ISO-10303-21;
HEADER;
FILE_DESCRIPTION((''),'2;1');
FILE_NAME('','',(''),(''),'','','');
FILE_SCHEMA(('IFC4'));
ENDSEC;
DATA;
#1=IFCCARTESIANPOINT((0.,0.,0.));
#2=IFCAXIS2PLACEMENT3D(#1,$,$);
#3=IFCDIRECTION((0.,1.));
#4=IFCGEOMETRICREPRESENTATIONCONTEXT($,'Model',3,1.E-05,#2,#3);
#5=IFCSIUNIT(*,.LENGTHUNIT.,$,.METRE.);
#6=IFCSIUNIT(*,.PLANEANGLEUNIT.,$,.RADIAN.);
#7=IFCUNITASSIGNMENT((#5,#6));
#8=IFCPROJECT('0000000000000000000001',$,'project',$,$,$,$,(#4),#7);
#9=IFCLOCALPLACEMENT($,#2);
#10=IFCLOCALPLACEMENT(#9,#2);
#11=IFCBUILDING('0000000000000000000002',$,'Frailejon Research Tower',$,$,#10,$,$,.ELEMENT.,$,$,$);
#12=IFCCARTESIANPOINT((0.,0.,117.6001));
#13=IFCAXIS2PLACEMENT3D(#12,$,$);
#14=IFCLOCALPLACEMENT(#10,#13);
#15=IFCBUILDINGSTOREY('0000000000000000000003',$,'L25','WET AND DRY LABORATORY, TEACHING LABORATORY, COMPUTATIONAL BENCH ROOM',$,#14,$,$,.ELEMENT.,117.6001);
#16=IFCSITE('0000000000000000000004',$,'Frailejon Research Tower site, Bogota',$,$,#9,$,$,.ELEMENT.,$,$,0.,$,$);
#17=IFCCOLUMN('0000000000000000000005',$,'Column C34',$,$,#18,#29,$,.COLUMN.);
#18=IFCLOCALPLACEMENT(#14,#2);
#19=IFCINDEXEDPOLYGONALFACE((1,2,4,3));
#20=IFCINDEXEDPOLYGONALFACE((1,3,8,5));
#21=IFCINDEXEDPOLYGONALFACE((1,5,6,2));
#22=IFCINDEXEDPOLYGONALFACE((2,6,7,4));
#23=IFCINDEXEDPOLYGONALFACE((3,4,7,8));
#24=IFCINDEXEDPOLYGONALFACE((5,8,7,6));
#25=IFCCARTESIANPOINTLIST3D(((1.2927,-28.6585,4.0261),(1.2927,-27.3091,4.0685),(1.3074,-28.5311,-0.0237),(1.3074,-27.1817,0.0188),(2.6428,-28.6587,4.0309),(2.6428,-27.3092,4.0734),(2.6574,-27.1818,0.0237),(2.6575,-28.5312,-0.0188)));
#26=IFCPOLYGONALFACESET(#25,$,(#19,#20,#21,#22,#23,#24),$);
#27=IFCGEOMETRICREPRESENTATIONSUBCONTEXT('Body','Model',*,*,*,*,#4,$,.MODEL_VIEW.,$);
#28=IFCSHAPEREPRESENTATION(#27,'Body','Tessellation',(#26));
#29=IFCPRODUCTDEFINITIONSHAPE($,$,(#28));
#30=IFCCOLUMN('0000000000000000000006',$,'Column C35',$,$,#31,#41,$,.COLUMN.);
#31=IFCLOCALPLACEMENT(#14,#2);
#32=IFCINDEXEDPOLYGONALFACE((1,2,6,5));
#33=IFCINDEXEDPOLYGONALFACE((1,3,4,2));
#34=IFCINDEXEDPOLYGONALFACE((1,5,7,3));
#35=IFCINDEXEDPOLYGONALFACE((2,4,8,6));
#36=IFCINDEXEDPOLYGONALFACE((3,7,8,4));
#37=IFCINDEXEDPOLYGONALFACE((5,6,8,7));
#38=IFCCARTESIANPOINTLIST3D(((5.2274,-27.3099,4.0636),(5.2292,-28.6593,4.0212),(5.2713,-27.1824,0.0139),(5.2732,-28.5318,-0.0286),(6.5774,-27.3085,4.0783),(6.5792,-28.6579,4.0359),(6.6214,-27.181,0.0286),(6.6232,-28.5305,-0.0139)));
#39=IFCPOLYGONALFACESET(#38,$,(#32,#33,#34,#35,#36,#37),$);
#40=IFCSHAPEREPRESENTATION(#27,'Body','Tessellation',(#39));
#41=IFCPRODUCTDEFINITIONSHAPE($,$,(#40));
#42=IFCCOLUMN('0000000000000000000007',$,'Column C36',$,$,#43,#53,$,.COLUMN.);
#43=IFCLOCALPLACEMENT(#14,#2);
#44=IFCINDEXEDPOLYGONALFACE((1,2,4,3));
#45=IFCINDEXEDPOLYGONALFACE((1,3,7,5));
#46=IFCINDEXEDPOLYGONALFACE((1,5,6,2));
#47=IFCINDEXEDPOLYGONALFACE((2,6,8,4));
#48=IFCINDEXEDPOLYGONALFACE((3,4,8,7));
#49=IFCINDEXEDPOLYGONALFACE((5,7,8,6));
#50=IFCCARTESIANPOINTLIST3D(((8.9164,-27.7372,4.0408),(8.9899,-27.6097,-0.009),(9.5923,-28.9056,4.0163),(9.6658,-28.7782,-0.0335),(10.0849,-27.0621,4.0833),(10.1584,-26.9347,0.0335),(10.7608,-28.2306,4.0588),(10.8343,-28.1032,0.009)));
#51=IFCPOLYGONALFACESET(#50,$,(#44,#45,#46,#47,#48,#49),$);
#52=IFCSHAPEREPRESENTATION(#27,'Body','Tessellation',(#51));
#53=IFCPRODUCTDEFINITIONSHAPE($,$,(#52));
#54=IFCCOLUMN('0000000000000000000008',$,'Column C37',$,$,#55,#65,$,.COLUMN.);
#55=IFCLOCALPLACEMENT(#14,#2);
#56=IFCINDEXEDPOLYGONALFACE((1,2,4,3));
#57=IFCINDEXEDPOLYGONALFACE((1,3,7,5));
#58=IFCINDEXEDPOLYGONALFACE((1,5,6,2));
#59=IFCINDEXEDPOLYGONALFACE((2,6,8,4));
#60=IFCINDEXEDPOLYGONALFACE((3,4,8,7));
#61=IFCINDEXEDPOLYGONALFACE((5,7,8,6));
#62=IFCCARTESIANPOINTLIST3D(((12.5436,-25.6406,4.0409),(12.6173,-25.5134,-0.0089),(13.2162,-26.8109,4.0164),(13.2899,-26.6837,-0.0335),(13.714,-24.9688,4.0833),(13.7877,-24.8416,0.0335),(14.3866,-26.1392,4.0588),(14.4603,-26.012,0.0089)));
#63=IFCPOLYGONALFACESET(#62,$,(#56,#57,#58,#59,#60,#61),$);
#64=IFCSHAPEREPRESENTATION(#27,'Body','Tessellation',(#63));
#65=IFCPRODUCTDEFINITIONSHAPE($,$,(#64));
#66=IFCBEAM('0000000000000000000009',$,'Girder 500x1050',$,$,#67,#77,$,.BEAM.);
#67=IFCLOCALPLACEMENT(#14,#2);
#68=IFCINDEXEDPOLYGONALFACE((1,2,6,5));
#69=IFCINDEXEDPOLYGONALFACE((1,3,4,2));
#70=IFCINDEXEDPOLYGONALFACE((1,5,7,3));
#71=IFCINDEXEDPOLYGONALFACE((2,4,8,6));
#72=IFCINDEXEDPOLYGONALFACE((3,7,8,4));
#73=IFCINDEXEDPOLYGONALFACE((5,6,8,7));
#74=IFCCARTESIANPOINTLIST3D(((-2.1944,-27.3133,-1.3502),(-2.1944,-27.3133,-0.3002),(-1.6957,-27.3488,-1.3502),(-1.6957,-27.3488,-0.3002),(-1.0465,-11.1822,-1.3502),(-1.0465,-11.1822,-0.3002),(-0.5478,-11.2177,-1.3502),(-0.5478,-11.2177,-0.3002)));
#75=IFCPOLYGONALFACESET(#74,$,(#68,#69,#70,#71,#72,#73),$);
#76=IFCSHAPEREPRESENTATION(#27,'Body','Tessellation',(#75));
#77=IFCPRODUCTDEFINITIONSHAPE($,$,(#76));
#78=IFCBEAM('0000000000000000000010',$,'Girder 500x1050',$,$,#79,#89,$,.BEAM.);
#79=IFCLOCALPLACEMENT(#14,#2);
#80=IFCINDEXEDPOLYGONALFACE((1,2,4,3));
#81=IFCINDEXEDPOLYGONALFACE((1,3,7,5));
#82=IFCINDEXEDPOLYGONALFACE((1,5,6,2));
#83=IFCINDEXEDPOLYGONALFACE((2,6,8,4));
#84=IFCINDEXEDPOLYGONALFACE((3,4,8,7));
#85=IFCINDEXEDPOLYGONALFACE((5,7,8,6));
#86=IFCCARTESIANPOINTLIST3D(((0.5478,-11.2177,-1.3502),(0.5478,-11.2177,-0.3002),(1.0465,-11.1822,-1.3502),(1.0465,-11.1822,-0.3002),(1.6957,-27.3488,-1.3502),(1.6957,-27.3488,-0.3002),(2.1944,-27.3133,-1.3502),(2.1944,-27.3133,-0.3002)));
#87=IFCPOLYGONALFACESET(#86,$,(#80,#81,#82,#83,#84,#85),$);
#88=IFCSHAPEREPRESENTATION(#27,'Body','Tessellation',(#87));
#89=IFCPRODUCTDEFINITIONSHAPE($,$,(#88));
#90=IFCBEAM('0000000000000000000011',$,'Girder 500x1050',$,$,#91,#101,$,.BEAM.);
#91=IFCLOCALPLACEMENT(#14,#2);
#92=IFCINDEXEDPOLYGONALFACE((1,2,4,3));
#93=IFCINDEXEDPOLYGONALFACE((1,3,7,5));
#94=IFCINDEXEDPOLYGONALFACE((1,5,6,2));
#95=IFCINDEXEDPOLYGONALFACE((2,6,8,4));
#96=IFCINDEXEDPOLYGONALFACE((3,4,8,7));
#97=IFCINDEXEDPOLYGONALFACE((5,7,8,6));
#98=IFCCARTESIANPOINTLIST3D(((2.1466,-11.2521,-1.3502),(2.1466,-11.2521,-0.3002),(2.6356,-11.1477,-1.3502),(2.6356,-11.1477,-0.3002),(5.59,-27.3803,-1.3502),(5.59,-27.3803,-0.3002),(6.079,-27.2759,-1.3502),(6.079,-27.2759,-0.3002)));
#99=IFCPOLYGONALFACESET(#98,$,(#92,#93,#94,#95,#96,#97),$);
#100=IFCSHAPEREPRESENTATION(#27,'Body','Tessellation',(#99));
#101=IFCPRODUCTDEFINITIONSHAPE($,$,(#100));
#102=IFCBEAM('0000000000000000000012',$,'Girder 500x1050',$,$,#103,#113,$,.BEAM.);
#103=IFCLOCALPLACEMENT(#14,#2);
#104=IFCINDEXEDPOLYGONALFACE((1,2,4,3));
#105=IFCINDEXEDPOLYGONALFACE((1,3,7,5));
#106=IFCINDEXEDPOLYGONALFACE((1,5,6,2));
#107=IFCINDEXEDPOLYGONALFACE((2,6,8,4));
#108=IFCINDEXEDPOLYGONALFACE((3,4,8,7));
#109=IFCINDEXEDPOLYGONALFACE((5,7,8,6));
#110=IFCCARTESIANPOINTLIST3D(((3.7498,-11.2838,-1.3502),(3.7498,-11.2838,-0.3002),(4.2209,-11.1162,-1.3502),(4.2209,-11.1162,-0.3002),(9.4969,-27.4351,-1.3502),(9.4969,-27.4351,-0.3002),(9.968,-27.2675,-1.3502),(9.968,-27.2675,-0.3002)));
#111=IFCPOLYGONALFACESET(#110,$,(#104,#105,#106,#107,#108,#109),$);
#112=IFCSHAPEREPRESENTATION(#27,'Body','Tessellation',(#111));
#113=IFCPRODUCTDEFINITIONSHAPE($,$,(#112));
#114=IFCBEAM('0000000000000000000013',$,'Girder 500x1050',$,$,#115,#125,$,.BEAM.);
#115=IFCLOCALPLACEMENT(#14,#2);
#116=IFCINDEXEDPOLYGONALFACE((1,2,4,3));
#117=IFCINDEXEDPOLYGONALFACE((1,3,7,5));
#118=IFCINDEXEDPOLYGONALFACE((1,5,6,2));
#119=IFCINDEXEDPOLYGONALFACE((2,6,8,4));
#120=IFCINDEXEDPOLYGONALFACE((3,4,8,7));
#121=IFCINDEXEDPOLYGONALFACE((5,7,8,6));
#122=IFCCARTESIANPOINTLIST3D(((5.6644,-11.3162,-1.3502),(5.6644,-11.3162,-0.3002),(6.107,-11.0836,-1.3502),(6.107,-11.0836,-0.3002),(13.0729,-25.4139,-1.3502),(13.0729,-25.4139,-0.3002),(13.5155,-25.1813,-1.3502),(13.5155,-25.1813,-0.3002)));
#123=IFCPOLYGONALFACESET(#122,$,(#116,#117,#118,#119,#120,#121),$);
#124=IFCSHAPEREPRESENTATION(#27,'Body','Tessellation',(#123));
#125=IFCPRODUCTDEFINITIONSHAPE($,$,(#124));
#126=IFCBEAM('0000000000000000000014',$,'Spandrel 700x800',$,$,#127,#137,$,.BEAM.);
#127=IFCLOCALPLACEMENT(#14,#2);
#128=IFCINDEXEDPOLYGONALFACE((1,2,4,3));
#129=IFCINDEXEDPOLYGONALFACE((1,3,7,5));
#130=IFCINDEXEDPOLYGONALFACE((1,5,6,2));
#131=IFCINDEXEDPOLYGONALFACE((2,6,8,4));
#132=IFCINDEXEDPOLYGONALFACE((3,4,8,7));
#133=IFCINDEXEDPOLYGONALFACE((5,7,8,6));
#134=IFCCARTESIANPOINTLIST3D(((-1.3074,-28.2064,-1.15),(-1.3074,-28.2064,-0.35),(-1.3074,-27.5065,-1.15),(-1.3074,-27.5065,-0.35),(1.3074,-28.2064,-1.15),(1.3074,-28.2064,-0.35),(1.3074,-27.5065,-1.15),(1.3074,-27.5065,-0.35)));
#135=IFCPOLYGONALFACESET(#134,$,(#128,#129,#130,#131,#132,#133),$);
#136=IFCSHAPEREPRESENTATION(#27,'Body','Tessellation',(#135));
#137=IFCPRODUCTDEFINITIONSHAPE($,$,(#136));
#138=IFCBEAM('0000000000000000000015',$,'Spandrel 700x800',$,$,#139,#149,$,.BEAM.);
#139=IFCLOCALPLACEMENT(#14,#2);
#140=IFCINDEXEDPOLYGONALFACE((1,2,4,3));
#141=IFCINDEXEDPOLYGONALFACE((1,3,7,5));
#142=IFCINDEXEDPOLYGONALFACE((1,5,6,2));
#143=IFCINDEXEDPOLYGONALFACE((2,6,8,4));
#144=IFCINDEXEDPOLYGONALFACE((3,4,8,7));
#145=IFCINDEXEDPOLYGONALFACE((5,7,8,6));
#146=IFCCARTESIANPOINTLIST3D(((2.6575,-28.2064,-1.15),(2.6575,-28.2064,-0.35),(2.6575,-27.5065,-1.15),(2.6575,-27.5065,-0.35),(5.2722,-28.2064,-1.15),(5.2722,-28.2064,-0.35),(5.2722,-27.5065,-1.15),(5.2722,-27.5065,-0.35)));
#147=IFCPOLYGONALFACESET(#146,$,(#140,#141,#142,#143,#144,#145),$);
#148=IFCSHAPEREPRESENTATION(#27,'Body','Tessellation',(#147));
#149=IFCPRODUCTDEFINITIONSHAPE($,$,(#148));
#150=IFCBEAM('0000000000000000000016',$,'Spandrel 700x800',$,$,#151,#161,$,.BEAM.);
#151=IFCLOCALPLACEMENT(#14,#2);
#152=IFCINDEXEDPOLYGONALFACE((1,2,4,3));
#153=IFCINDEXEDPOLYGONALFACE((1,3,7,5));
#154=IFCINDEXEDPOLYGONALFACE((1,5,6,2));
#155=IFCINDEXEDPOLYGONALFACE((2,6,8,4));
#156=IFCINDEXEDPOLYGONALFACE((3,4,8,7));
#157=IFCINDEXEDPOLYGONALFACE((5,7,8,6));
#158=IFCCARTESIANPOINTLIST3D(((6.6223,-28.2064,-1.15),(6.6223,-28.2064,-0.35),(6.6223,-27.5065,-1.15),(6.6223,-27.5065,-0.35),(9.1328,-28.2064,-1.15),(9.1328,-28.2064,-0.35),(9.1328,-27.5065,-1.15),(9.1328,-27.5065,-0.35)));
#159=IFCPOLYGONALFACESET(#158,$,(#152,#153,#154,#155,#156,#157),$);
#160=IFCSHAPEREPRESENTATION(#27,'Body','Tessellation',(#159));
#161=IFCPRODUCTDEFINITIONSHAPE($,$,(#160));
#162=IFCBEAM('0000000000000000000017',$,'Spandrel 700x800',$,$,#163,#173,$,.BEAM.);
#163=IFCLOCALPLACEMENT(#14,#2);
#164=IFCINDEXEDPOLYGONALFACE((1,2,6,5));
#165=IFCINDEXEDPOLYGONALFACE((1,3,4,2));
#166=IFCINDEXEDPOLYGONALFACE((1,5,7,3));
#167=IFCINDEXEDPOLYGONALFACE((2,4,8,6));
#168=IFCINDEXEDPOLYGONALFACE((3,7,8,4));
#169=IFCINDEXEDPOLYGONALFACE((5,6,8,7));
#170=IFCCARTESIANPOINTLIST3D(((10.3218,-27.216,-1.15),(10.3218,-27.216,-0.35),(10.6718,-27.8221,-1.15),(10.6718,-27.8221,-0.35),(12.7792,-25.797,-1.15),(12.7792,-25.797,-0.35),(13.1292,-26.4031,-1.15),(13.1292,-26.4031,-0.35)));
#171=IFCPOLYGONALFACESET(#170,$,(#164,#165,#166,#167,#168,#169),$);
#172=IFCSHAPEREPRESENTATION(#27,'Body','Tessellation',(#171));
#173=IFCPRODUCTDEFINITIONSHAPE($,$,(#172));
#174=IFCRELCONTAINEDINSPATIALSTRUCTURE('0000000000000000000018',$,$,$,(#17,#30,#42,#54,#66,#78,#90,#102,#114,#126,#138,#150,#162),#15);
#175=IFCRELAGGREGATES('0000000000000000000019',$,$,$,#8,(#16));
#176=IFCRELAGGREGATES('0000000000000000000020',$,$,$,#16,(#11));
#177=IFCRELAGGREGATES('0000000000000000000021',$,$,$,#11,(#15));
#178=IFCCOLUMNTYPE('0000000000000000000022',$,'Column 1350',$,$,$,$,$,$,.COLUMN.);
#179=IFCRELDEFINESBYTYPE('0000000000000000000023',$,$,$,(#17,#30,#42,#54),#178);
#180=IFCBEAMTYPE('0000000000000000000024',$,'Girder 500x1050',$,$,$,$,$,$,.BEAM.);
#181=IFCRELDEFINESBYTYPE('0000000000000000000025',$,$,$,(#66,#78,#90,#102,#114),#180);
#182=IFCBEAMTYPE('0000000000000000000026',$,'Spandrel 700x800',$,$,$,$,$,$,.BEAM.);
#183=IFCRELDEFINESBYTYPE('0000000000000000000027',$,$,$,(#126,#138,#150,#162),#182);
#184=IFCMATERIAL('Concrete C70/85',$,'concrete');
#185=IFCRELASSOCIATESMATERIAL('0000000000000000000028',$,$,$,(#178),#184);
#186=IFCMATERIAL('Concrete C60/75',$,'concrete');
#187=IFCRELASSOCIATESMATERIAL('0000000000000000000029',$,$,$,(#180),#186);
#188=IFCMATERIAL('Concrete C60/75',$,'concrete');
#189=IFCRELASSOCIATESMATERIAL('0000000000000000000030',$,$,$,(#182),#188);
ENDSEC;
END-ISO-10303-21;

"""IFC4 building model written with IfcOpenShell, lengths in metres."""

from ifc_helpers import new_model, si_unit, direction, frame, origin, origin_2d, place, context, subcontext, project, spatial, rectangle, extrude, material, material_profile, profile_set, type_object, element, save


model = new_model("IFC4")

# Units and contexts
model_context = context("Model", 3, precision=1e-05, world=origin(), true_north=direction((0.0, 1.0)))
body_context = subcontext(model_context, "Body", "Model", "MODEL_VIEW")
ifc_project = project(units=[si_unit("LENGTHUNIT", "METRE"), si_unit("PLANEANGLEUNIT", "RADIAN")], contexts=[model_context])

# Site, building, storey
site_placement = place(None, origin())
site = spatial("IfcSite", under=ifc_project, at=site_placement, Name="Frailejon Research Tower site, Bogota", CompositionType="ELEMENT", RefElevation=0.0)
building_placement = place(site_placement, origin())
building = spatial("IfcBuilding", under=site, at=building_placement, Name="Frailejon Research Tower", CompositionType="ELEMENT")
storey_placement = place(building_placement, frame((0.0, 0.0, 117.6001)))
storey = spatial("IfcBuildingStorey", under=building, at=storey_placement, Name="L25", Description="WET AND DRY LABORATORY, TEACHING LABORATORY, COMPUTATIONAL BENCH ROOM", CompositionType="ELEMENT", Elevation=117.6001)

# Columns
ifc_material_1 = material(Name="Concrete C70/85", Category="concrete")
ifc_material_profile_1 = material_profile(ifc_material_1, rectangle(XDim=1.3501, YDim=1.3501, at=origin_2d()), Name="Column 1350")
ifc_profile_set_1 = profile_set([ifc_material_profile_1], Name="Concrete C70/85")
column_type = type_object("IfcColumnType", Name="Column 1350", PredefinedType="COLUMN", material=ifc_profile_set_1)
column_1_placement = place(storey_placement, frame((1.9824, -27.8564, 0.0), z_axis=(-0.003615, -0.031453, 0.999499), x_axis=(0.999993, -0.000089, 0.003614)))
element("IfcColumn", 1, at=column_1_placement, inside=storey, type_object=column_type, Name="Column C34", PredefinedType="COLUMN", context=body_context, shape_type="SweptSolid", body=[
    extrude(rectangle(XDim=1.3501, YDim=1.3501, at=origin_2d()), origin(), (0.0, 0.0, 1.0), 4.0518),
])
column_2_placement = place(storey_placement, frame((5.9473, -27.8564, 0.0), z_axis=(-0.010845, -0.031451, 0.999446), x_axis=(0.99994, 0.001017, 0.010883)))
element("IfcColumn", 2, at=column_2_placement, inside=storey, type_object=column_type, Name="Column C35", PredefinedType="COLUMN", context=body_context, shape_type="SweptSolid", body=[
    extrude(rectangle(XDim=1.3501, YDim=1.3501, at=origin_2d()), origin(), (0.0, 0.0, 1.0), 4.052),
])
for number, where, z_axis, x_axis, name in (
    (3, (9.9121, -27.8564, 0.0), (-0.018134, -0.031448, 0.999341), (0.865469, 0.499974, 0.031438), "Column C36"),
    (4, (13.5388, -25.7627, 0.0), (-0.018194, -0.031388, 0.999342), (0.866872, 0.49754, 0.031409), "Column C37"),
):
    element("IfcColumn", number, at=place(storey_placement, frame(where, z_axis=z_axis, x_axis=x_axis)), inside=storey, type_object=column_type, Name=name, PredefinedType="COLUMN", context=body_context, shape_type="SweptSolid", body=[
        extrude(rectangle(XDim=1.3501, YDim=1.3501, at=origin_2d()), origin(), (0.0, 0.0, 1.0), 4.0525),
    ])

# Beams
ifc_material_2 = material(Name="Concrete C60/75", Category="concrete")
ifc_material_profile_2 = material_profile(ifc_material_2, rectangle(XDim=0.5, YDim=1.05, at=origin_2d()), Name="Girder 500x1050")
ifc_profile_set_2 = profile_set([ifc_material_profile_2], Name="Concrete C60/75")
beam_type_1 = type_object("IfcBeamType", Name="Girder 500x1050", PredefinedType="BEAM", material=ifc_profile_set_2)
for number, where, z_axis, x_axis, name in (
    (5, (-1.9451, -27.3311, -0.8252), (0.070984, 0.997477, 0.0), (-0.997477, 0.070984, 0.0), "Girder 500x1050"),
    (6, (1.9451, -27.3311, -0.8252), (-0.070984, 0.997477, 0.0), (-0.997477, -0.070984, 0.0), "Girder 500x1050"),
):
    element("IfcBeam", number, at=place(storey_placement, frame(where, z_axis=z_axis, x_axis=x_axis)), inside=storey, type_object=beam_type_1, Name=name, PredefinedType="BEAM", context=body_context, shape_type="SweptSolid", body=[
        extrude(rectangle(XDim=0.5, YDim=1.05, at=origin_2d()), origin(), (0.0, 0.0, 1.0), 16.1719),
    ])
beam_1_placement = place(storey_placement, frame((5.8345, -27.3281, -0.8252), z_axis=(-0.208794, 0.97796, 0.0), x_axis=(-0.97796, -0.208794, 0.0)))
element("IfcBeam", 7, at=beam_1_placement, inside=storey, type_object=beam_type_1, Name="Girder 500x1050", PredefinedType="BEAM", context=body_context, shape_type="SweptSolid", body=[
    extrude(rectangle(XDim=0.5, YDim=1.05, at=origin_2d()), origin(), (0.0, 0.0, 1.0), 16.4917),
])
beam_2_placement = place(storey_placement, frame((9.7324, -27.3513, -0.8252), z_axis=(-0.335236, 0.942134, 0.0), x_axis=(-0.942134, -0.335236, 0.0)))
element("IfcBeam", 8, at=beam_2_placement, inside=storey, type_object=beam_type_1, Name="Girder 500x1050", PredefinedType="BEAM", context=body_context, shape_type="SweptSolid", body=[
    extrude(rectangle(XDim=0.5, YDim=1.05, at=origin_2d()), origin(), (0.0, 0.0, 1.0), 17.1433),
])
beam_3_placement = place(storey_placement, frame((13.2942, -25.2976, -0.8252), z_axis=(-0.465187, 0.885212, 0.0), x_axis=(-0.885212, -0.465187, 0.0)))
element("IfcBeam", 9, at=beam_3_placement, inside=storey, type_object=beam_type_1, Name="Girder 500x1050", PredefinedType="BEAM", context=body_context, shape_type="SweptSolid", body=[
    extrude(rectangle(XDim=0.5, YDim=1.05, at=origin_2d()), origin(), (0.0, 0.0, 1.0), 15.9258),
])
ifc_material_3 = material(Name="Concrete C60/75", Category="concrete")
ifc_material_profile_3 = material_profile(ifc_material_3, rectangle(XDim=0.7, YDim=0.8, at=origin_2d()), Name="Spandrel 700x800")
ifc_profile_set_3 = profile_set([ifc_material_profile_3], Name="Concrete C60/75")
beam_type_2 = type_object("IfcBeamType", Name="Spandrel 700x800", PredefinedType="BEAM", material=ifc_profile_set_3)
for number, where, z_axis, x_axis, name in (
    (10, (-1.3074, -27.8564, -0.75), (1.0, 0.0, 0.0), (0.0, 1.0, 0.0), "Spandrel 700x800"),
    (11, (2.6575, -27.8564, -0.75), (1.0, 0.0, 0.0), (0.0, 1.0, 0.0), "Spandrel 700x800"),
):
    element("IfcBeam", number, at=place(storey_placement, frame(where, z_axis=z_axis, x_axis=x_axis)), inside=storey, type_object=beam_type_2, Name=name, PredefinedType="BEAM", context=body_context, shape_type="SweptSolid", body=[
        extrude(rectangle(XDim=0.7, YDim=0.8, at=origin_2d()), origin(), (0.0, 0.0, 1.0), 2.6147),
    ])
beam_4_placement = place(storey_placement, frame((6.6223, -27.8564, -0.75), z_axis=(1.0, 0.0, 0.0), x_axis=(0.0, 1.0, 0.0)))
element("IfcBeam", 12, at=beam_4_placement, inside=storey, type_object=beam_type_2, Name="Spandrel 700x800", PredefinedType="BEAM", context=body_context, shape_type="SweptSolid", body=[
    extrude(rectangle(XDim=0.7, YDim=0.8, at=origin_2d()), origin(), (0.0, 0.0, 1.0), 2.5105),
])
beam_5_placement = place(storey_placement, frame((10.4968, -27.519, -0.75), z_axis=(0.865989, 0.500063, 0.0), x_axis=(-0.500063, 0.865989, 0.0)))
element("IfcBeam", 13, at=beam_5_placement, inside=storey, type_object=beam_type_2, Name="Spandrel 700x800", PredefinedType="BEAM", context=body_context, shape_type="SweptSolid", body=[
    extrude(rectangle(XDim=0.7, YDim=0.8, at=origin_2d()), origin(), (0.0, 0.0, 1.0), 2.8376),
])

save(model, "model.ifc")
